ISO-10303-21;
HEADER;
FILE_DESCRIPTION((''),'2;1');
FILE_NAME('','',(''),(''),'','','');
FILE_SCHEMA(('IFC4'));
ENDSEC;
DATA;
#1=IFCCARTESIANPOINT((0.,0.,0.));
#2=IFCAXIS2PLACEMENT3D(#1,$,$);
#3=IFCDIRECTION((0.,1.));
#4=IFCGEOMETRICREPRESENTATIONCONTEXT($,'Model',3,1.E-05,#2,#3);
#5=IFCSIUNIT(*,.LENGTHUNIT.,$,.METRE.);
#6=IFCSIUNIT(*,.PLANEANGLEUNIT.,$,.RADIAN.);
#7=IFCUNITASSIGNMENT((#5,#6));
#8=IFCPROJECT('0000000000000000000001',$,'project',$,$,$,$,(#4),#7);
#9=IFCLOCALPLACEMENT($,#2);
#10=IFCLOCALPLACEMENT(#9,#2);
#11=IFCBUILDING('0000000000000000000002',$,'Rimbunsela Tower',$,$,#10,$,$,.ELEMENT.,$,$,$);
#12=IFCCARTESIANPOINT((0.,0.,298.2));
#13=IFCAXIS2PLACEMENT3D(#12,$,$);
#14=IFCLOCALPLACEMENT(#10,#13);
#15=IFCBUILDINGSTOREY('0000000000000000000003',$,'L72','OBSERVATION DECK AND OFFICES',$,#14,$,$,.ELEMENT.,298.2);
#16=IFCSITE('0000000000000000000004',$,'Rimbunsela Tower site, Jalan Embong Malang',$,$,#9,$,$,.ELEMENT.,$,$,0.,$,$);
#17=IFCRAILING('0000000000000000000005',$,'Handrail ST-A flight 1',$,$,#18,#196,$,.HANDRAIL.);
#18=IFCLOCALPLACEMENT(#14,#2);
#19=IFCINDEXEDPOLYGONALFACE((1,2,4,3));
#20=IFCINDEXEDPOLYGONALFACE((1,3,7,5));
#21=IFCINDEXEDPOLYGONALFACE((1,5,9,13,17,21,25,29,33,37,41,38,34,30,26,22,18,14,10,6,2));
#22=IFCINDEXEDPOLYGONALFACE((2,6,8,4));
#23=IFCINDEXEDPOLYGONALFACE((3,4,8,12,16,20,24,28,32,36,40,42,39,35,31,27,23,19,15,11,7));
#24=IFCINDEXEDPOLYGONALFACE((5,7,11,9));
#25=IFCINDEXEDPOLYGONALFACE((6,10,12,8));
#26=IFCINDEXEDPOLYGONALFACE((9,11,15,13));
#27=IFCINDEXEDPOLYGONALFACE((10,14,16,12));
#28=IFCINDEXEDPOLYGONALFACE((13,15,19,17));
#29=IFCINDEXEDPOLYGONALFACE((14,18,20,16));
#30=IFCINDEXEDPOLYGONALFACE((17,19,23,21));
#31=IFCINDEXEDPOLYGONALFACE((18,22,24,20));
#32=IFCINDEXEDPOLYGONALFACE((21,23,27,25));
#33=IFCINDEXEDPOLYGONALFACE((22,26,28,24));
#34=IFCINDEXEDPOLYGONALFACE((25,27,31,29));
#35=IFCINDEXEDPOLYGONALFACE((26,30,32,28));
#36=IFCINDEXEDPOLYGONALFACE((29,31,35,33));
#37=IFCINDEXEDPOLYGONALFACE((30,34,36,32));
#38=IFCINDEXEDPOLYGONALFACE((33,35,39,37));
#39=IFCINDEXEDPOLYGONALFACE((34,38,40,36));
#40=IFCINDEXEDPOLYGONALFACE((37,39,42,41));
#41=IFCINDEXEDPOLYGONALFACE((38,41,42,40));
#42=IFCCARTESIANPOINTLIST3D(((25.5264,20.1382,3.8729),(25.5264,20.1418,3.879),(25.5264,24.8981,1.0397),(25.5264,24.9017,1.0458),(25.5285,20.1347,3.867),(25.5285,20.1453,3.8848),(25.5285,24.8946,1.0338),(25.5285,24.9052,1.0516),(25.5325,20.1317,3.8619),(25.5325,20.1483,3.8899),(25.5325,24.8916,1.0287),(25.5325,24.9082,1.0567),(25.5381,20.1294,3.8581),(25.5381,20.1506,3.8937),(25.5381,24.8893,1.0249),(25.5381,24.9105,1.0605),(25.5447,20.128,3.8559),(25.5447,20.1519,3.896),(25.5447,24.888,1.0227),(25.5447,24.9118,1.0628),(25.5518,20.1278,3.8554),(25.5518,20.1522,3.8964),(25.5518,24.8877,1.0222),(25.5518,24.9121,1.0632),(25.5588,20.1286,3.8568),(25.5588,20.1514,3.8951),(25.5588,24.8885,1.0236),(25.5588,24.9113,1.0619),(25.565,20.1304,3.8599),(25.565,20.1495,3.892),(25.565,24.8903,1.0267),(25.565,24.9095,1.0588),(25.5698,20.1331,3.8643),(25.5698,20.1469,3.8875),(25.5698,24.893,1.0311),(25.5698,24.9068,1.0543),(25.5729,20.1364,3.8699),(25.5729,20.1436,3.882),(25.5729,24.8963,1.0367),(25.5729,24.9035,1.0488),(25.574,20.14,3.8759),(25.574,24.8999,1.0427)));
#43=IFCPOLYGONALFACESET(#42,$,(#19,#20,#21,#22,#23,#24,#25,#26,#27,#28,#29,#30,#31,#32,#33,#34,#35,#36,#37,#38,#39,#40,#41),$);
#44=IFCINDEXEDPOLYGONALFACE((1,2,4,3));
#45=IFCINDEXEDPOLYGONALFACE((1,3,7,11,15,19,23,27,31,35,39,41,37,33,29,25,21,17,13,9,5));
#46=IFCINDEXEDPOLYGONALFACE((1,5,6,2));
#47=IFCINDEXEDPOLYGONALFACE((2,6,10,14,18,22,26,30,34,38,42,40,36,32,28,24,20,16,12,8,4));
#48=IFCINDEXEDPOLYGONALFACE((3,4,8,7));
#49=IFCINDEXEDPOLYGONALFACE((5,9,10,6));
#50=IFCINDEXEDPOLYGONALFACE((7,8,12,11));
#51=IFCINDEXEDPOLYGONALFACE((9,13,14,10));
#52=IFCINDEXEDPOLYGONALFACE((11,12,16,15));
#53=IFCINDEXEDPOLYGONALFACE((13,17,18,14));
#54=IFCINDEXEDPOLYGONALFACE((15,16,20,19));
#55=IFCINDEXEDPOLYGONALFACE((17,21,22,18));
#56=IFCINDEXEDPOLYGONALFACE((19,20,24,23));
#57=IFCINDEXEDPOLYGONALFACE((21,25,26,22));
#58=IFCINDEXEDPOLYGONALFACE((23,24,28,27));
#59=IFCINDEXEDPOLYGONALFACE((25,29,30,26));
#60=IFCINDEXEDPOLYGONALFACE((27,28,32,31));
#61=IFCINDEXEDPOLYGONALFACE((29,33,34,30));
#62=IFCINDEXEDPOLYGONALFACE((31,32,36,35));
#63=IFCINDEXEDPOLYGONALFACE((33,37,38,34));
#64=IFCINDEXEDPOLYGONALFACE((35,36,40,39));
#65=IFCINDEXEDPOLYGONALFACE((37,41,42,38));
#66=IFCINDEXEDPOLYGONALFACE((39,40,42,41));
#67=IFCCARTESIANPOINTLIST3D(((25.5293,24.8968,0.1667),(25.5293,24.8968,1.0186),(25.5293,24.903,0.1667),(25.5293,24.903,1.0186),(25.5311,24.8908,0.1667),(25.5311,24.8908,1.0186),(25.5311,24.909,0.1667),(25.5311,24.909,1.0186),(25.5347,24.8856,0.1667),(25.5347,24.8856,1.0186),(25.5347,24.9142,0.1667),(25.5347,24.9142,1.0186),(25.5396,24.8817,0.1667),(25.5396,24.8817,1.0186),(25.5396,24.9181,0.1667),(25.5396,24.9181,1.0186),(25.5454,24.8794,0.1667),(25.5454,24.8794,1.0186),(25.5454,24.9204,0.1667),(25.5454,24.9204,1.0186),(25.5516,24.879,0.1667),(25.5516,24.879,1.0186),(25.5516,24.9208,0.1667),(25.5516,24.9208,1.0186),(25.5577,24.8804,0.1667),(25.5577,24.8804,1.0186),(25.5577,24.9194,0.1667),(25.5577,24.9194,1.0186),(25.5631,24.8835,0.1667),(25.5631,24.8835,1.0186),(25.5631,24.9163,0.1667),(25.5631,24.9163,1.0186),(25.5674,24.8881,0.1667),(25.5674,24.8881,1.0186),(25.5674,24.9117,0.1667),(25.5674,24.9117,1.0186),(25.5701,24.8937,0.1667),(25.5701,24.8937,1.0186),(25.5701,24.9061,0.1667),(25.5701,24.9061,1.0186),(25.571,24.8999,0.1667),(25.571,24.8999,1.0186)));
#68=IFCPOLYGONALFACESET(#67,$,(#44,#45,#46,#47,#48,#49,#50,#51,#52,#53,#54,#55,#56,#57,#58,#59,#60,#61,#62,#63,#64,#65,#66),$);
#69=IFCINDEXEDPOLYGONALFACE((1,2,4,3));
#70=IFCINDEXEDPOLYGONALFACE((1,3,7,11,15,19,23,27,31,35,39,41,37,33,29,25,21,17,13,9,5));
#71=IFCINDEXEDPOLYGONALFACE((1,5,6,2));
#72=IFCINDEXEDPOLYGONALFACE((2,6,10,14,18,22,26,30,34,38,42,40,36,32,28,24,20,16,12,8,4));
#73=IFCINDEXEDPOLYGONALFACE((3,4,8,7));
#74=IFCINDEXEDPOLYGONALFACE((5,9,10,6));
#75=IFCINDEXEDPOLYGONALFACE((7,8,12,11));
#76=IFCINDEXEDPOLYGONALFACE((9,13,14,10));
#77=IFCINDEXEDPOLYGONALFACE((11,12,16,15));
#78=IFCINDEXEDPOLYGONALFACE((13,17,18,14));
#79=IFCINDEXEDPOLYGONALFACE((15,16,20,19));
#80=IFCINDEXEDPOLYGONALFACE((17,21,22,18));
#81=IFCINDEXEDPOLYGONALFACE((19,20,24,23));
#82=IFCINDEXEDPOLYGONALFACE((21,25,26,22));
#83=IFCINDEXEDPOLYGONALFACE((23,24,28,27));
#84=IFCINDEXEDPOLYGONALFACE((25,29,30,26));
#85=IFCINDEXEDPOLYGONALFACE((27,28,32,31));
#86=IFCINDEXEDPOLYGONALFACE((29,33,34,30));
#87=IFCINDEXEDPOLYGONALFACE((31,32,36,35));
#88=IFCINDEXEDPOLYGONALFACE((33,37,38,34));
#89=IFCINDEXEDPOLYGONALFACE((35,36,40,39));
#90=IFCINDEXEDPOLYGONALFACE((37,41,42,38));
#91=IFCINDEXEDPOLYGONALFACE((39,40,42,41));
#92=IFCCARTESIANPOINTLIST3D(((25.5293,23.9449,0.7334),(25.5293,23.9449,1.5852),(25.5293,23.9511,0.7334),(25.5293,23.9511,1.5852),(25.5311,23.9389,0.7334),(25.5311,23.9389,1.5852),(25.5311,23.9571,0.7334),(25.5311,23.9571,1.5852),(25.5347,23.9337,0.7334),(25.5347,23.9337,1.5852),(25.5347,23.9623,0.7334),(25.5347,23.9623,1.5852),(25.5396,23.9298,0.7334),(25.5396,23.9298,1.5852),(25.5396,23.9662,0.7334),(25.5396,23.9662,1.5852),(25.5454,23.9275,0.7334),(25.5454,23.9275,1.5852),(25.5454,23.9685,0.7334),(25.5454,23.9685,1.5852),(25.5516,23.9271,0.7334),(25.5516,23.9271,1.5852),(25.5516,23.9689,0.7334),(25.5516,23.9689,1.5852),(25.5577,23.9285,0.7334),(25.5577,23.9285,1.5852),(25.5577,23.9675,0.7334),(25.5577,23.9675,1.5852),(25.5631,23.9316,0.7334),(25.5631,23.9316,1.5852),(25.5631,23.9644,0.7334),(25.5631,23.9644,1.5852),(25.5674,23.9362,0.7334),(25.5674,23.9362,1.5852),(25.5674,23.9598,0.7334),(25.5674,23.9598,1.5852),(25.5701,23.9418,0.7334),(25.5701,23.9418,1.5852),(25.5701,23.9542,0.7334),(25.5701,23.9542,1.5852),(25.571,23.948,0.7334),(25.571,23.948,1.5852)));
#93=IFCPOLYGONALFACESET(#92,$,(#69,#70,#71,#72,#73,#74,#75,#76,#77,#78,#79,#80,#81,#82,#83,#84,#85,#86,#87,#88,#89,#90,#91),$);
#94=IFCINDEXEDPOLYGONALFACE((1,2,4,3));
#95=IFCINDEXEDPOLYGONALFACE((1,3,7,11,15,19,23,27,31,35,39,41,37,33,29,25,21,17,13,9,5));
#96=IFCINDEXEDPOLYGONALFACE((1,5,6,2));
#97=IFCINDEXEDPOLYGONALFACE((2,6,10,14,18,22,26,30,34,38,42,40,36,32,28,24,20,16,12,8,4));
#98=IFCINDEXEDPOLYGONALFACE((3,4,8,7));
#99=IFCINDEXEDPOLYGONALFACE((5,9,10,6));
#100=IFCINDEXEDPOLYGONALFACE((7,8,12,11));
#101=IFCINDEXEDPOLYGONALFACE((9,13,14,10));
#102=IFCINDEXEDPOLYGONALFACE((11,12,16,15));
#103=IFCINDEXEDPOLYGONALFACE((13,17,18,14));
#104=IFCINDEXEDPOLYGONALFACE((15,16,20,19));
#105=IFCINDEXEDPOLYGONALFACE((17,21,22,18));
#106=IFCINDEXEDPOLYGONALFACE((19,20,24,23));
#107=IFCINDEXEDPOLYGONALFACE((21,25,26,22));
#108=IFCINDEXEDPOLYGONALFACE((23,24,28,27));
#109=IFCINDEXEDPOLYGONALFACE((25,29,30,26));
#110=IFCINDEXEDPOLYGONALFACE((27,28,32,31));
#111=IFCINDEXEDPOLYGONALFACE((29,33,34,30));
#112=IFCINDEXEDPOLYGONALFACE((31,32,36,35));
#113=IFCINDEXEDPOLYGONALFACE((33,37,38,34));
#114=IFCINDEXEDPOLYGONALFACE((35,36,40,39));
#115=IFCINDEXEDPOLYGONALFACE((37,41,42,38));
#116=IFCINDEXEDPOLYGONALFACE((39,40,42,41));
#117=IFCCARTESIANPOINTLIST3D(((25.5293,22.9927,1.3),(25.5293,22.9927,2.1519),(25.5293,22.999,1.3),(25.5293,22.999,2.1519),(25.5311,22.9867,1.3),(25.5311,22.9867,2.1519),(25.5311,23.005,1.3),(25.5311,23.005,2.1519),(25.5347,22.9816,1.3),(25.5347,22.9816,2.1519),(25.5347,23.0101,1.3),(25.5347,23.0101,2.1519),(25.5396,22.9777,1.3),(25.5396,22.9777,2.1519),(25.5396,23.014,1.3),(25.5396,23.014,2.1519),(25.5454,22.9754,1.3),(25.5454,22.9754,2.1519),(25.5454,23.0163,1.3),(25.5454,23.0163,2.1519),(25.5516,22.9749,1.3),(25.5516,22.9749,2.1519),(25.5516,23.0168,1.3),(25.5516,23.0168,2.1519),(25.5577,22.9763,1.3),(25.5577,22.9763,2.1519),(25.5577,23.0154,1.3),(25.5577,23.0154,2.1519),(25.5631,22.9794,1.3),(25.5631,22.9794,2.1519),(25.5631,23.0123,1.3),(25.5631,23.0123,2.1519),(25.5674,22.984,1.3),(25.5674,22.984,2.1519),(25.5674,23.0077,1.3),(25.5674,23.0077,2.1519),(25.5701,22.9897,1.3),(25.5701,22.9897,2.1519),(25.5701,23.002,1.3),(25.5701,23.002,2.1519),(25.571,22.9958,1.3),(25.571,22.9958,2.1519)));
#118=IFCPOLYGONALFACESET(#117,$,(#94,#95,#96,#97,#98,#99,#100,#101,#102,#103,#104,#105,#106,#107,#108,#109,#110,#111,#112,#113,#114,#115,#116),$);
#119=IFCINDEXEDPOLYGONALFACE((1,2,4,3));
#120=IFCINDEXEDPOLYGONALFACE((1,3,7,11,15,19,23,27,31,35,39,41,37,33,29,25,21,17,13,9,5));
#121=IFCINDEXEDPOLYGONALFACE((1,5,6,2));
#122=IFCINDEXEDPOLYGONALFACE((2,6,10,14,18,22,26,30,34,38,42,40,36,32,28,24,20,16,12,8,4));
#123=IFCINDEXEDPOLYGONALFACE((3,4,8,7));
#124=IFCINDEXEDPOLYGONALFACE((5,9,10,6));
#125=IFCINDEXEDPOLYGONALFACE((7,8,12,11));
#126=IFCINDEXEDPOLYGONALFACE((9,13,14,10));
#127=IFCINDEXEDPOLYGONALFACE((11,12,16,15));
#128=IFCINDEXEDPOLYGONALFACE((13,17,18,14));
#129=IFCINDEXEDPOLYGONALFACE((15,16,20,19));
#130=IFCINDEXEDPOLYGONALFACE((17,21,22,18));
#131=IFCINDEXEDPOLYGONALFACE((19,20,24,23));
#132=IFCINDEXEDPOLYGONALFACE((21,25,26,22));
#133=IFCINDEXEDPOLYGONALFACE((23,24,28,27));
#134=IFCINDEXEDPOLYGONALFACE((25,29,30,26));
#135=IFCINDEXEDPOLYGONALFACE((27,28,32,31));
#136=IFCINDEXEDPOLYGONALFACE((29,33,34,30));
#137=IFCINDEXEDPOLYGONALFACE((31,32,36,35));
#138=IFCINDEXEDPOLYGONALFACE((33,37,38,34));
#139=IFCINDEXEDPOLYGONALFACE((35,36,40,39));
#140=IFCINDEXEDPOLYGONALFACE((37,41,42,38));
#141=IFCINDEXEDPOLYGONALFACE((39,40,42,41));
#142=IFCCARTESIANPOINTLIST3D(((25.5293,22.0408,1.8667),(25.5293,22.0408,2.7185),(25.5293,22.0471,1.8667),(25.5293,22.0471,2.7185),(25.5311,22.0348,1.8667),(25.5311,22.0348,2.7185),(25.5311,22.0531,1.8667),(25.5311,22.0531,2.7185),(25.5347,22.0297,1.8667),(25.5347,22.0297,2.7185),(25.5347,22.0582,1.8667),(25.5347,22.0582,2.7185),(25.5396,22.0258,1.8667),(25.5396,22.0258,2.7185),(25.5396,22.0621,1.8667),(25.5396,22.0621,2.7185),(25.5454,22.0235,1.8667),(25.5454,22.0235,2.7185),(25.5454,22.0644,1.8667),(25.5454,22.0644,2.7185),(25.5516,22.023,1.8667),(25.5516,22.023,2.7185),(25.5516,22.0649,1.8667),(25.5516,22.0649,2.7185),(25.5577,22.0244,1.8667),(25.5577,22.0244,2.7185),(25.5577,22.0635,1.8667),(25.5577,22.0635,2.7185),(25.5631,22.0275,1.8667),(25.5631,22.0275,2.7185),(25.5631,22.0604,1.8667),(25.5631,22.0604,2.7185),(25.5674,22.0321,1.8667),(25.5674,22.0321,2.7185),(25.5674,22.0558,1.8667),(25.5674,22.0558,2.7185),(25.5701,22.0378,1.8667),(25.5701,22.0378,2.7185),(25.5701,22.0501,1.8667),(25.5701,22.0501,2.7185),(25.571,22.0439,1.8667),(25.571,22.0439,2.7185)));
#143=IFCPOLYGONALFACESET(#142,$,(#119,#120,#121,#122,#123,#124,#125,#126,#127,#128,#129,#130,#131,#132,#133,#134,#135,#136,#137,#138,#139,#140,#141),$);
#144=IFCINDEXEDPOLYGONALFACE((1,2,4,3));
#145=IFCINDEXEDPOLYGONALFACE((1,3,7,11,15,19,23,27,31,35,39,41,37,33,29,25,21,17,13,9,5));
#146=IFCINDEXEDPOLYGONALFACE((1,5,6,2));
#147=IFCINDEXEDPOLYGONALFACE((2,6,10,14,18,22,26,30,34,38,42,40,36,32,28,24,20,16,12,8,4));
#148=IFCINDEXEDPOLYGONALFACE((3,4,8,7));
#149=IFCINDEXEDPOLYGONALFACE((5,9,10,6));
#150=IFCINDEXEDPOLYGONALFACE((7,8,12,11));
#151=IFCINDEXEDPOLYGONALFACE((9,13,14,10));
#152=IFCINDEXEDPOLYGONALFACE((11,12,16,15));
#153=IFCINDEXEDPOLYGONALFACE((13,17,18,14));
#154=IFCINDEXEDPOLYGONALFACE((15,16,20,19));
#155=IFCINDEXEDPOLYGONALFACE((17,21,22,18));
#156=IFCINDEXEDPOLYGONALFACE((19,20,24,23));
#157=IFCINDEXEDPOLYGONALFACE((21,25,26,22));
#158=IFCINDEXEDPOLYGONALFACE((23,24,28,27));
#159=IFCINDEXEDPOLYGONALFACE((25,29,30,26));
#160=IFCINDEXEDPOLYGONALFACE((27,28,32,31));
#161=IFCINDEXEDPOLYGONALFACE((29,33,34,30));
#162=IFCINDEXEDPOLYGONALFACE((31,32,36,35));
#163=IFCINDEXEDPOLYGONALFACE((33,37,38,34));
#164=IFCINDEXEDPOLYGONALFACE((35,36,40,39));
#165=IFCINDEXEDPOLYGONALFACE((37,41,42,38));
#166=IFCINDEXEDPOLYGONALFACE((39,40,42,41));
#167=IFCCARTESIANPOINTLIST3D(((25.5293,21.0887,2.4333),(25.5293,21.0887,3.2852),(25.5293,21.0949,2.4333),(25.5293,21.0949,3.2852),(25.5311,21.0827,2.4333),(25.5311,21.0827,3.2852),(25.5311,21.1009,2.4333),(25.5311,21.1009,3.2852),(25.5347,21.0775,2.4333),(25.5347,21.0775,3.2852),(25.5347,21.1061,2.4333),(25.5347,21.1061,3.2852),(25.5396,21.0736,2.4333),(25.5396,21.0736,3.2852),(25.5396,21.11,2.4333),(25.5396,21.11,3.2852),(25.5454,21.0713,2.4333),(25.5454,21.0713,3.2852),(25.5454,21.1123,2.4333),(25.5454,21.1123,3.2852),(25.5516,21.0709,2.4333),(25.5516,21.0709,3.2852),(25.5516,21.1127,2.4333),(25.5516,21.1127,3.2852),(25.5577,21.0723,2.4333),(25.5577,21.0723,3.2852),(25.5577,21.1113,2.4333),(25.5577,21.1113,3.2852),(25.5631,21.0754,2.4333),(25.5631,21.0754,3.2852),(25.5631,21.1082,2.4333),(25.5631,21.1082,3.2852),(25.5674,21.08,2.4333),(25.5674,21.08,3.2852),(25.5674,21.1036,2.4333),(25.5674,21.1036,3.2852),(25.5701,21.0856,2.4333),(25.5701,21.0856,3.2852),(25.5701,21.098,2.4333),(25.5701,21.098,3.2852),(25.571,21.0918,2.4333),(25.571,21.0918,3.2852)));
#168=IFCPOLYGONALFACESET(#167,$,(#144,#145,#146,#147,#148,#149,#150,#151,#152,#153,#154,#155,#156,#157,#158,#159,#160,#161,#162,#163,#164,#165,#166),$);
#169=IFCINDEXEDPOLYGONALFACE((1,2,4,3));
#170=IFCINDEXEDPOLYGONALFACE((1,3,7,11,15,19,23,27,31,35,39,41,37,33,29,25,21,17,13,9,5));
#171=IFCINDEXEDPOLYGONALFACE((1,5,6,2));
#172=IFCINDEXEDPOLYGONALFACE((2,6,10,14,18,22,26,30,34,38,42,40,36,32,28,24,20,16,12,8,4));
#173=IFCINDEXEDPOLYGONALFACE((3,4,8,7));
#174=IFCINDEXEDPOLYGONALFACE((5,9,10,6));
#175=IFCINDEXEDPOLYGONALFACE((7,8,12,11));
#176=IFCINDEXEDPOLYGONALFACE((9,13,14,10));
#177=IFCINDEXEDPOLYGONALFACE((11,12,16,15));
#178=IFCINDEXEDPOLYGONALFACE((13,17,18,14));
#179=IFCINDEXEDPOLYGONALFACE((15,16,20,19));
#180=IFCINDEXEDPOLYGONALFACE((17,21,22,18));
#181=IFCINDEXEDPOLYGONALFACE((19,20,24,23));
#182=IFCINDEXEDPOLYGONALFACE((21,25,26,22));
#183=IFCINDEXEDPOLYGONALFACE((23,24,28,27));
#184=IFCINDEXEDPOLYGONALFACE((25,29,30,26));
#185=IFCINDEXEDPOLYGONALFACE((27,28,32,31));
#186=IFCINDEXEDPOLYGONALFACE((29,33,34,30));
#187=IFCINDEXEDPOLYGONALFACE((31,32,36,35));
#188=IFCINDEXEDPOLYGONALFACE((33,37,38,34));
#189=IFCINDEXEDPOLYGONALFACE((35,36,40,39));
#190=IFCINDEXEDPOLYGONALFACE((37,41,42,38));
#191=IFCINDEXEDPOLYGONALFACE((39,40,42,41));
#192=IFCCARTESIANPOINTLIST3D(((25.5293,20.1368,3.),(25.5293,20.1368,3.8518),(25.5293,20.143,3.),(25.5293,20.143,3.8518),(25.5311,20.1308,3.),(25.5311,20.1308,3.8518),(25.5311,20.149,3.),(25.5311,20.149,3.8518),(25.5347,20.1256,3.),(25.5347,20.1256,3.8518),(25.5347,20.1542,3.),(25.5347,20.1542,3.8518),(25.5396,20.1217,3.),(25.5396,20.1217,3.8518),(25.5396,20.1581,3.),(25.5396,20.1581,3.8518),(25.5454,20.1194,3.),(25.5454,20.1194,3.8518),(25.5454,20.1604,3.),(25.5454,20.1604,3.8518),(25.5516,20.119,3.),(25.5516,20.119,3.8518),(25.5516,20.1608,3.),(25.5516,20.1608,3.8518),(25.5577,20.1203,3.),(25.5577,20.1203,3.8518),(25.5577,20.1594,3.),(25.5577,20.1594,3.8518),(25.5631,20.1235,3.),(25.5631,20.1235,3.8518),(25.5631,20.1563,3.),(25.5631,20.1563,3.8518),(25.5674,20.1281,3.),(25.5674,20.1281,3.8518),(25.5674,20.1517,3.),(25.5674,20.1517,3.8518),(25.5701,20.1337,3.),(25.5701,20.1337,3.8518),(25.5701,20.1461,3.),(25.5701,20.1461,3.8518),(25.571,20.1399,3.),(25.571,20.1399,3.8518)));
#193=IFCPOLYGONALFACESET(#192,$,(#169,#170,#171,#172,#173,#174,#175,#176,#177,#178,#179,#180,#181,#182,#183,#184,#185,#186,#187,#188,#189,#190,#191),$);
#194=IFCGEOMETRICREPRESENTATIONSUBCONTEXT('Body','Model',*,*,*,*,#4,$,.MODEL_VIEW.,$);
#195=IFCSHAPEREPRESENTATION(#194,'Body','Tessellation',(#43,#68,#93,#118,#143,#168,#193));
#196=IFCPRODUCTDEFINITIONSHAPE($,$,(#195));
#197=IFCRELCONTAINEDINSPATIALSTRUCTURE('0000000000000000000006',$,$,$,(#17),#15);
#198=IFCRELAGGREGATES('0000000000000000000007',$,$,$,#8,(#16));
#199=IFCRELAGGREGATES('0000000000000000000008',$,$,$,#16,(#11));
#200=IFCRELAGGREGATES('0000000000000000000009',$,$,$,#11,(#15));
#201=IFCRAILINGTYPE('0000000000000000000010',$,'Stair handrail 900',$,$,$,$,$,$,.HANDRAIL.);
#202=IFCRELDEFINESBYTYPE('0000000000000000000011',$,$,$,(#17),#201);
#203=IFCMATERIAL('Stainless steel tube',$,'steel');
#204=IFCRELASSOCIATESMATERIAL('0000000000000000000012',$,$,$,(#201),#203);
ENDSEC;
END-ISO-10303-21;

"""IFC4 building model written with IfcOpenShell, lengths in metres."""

from ifc_helpers import new_model, si_unit, direction, frame, origin, origin_2d, place, context, subcontext, project, spatial, circle, extrude, material, type_object, element, save


model = new_model("IFC4")

# Units and contexts
model_context = context("Model", 3, precision=1e-05, world=origin(), true_north=direction((0.0, 1.0)))
body_context = subcontext(model_context, "Body", "Model", "MODEL_VIEW")
ifc_project = project(units=[si_unit("LENGTHUNIT", "METRE"), si_unit("PLANEANGLEUNIT", "RADIAN")], contexts=[model_context])

# Site, building, storey
site_placement = place(None, origin())
site = spatial("IfcSite", under=ifc_project, at=site_placement, Name="Rimbunsela Tower site, Jalan Embong Malang", CompositionType="ELEMENT", RefElevation=0.0)
building_placement = place(site_placement, origin())
building = spatial("IfcBuilding", under=site, at=building_placement, Name="Rimbunsela Tower", CompositionType="ELEMENT")
storey_placement = place(building_placement, frame((0.0, 0.0, 298.2)))
storey = spatial("IfcBuildingStorey", under=building, at=storey_placement, Name="L72", Description="OBSERVATION DECK AND OFFICES", CompositionType="ELEMENT", Elevation=298.2)

# Railing
ifc_material_1 = material(Name="Stainless steel tube", Category="steel")
railing_type_1 = type_object("IfcRailingType", Name="Stair handrail 900", PredefinedType="HANDRAIL", material=ifc_material_1)
for number, where, name in (
    (1, (25.55, 24.8999, 0.1667), "Handrail ST-A flight 1"),
):
    element("IfcRailing", number, at=place(storey_placement, frame(where)), inside=storey, type_object=railing_type_1, Name=name, PredefinedType="HANDRAIL", context=body_context, shape_type="SweptSolid", body=[
        extrude(circle(Radius=0.0239, at=origin_2d()), frame((0.0, 0.0, 0.876), z_axis=(0.0, -0.8593, 0.511472), x_axis=(1.0, 0.0, 0.0)), (0.0, 0.0, 1.0), 5.5393),
        extrude(circle(Radius=0.021, at=origin_2d()), origin(), (0.0, 0.0, 1.0), 0.8518),
        extrude(circle(Radius=0.021, at=origin_2d()), frame((0.0, -0.9519, 0.5667)), (0.0, 0.0, 1.0), 0.8518),
        extrude(circle(Radius=0.021, at=origin_2d()), frame((0.0, -1.9041, 1.1333)), (0.0, 0.0, 1.0), 0.8518),
        extrude(circle(Radius=0.021, at=origin_2d()), frame((0.0, -2.856, 1.7)), (0.0, 0.0, 1.0), 0.8518),
        extrude(circle(Radius=0.021, at=origin_2d()), frame((0.0, -3.8081, 2.2666)), (0.0, 0.0, 1.0), 0.8518),
        extrude(circle(Radius=0.021, at=origin_2d()), frame((0.0, -4.76, 2.8333)), (0.0, 0.0, 1.0), 0.8518),
    ])

save(model, "model.ifc")
